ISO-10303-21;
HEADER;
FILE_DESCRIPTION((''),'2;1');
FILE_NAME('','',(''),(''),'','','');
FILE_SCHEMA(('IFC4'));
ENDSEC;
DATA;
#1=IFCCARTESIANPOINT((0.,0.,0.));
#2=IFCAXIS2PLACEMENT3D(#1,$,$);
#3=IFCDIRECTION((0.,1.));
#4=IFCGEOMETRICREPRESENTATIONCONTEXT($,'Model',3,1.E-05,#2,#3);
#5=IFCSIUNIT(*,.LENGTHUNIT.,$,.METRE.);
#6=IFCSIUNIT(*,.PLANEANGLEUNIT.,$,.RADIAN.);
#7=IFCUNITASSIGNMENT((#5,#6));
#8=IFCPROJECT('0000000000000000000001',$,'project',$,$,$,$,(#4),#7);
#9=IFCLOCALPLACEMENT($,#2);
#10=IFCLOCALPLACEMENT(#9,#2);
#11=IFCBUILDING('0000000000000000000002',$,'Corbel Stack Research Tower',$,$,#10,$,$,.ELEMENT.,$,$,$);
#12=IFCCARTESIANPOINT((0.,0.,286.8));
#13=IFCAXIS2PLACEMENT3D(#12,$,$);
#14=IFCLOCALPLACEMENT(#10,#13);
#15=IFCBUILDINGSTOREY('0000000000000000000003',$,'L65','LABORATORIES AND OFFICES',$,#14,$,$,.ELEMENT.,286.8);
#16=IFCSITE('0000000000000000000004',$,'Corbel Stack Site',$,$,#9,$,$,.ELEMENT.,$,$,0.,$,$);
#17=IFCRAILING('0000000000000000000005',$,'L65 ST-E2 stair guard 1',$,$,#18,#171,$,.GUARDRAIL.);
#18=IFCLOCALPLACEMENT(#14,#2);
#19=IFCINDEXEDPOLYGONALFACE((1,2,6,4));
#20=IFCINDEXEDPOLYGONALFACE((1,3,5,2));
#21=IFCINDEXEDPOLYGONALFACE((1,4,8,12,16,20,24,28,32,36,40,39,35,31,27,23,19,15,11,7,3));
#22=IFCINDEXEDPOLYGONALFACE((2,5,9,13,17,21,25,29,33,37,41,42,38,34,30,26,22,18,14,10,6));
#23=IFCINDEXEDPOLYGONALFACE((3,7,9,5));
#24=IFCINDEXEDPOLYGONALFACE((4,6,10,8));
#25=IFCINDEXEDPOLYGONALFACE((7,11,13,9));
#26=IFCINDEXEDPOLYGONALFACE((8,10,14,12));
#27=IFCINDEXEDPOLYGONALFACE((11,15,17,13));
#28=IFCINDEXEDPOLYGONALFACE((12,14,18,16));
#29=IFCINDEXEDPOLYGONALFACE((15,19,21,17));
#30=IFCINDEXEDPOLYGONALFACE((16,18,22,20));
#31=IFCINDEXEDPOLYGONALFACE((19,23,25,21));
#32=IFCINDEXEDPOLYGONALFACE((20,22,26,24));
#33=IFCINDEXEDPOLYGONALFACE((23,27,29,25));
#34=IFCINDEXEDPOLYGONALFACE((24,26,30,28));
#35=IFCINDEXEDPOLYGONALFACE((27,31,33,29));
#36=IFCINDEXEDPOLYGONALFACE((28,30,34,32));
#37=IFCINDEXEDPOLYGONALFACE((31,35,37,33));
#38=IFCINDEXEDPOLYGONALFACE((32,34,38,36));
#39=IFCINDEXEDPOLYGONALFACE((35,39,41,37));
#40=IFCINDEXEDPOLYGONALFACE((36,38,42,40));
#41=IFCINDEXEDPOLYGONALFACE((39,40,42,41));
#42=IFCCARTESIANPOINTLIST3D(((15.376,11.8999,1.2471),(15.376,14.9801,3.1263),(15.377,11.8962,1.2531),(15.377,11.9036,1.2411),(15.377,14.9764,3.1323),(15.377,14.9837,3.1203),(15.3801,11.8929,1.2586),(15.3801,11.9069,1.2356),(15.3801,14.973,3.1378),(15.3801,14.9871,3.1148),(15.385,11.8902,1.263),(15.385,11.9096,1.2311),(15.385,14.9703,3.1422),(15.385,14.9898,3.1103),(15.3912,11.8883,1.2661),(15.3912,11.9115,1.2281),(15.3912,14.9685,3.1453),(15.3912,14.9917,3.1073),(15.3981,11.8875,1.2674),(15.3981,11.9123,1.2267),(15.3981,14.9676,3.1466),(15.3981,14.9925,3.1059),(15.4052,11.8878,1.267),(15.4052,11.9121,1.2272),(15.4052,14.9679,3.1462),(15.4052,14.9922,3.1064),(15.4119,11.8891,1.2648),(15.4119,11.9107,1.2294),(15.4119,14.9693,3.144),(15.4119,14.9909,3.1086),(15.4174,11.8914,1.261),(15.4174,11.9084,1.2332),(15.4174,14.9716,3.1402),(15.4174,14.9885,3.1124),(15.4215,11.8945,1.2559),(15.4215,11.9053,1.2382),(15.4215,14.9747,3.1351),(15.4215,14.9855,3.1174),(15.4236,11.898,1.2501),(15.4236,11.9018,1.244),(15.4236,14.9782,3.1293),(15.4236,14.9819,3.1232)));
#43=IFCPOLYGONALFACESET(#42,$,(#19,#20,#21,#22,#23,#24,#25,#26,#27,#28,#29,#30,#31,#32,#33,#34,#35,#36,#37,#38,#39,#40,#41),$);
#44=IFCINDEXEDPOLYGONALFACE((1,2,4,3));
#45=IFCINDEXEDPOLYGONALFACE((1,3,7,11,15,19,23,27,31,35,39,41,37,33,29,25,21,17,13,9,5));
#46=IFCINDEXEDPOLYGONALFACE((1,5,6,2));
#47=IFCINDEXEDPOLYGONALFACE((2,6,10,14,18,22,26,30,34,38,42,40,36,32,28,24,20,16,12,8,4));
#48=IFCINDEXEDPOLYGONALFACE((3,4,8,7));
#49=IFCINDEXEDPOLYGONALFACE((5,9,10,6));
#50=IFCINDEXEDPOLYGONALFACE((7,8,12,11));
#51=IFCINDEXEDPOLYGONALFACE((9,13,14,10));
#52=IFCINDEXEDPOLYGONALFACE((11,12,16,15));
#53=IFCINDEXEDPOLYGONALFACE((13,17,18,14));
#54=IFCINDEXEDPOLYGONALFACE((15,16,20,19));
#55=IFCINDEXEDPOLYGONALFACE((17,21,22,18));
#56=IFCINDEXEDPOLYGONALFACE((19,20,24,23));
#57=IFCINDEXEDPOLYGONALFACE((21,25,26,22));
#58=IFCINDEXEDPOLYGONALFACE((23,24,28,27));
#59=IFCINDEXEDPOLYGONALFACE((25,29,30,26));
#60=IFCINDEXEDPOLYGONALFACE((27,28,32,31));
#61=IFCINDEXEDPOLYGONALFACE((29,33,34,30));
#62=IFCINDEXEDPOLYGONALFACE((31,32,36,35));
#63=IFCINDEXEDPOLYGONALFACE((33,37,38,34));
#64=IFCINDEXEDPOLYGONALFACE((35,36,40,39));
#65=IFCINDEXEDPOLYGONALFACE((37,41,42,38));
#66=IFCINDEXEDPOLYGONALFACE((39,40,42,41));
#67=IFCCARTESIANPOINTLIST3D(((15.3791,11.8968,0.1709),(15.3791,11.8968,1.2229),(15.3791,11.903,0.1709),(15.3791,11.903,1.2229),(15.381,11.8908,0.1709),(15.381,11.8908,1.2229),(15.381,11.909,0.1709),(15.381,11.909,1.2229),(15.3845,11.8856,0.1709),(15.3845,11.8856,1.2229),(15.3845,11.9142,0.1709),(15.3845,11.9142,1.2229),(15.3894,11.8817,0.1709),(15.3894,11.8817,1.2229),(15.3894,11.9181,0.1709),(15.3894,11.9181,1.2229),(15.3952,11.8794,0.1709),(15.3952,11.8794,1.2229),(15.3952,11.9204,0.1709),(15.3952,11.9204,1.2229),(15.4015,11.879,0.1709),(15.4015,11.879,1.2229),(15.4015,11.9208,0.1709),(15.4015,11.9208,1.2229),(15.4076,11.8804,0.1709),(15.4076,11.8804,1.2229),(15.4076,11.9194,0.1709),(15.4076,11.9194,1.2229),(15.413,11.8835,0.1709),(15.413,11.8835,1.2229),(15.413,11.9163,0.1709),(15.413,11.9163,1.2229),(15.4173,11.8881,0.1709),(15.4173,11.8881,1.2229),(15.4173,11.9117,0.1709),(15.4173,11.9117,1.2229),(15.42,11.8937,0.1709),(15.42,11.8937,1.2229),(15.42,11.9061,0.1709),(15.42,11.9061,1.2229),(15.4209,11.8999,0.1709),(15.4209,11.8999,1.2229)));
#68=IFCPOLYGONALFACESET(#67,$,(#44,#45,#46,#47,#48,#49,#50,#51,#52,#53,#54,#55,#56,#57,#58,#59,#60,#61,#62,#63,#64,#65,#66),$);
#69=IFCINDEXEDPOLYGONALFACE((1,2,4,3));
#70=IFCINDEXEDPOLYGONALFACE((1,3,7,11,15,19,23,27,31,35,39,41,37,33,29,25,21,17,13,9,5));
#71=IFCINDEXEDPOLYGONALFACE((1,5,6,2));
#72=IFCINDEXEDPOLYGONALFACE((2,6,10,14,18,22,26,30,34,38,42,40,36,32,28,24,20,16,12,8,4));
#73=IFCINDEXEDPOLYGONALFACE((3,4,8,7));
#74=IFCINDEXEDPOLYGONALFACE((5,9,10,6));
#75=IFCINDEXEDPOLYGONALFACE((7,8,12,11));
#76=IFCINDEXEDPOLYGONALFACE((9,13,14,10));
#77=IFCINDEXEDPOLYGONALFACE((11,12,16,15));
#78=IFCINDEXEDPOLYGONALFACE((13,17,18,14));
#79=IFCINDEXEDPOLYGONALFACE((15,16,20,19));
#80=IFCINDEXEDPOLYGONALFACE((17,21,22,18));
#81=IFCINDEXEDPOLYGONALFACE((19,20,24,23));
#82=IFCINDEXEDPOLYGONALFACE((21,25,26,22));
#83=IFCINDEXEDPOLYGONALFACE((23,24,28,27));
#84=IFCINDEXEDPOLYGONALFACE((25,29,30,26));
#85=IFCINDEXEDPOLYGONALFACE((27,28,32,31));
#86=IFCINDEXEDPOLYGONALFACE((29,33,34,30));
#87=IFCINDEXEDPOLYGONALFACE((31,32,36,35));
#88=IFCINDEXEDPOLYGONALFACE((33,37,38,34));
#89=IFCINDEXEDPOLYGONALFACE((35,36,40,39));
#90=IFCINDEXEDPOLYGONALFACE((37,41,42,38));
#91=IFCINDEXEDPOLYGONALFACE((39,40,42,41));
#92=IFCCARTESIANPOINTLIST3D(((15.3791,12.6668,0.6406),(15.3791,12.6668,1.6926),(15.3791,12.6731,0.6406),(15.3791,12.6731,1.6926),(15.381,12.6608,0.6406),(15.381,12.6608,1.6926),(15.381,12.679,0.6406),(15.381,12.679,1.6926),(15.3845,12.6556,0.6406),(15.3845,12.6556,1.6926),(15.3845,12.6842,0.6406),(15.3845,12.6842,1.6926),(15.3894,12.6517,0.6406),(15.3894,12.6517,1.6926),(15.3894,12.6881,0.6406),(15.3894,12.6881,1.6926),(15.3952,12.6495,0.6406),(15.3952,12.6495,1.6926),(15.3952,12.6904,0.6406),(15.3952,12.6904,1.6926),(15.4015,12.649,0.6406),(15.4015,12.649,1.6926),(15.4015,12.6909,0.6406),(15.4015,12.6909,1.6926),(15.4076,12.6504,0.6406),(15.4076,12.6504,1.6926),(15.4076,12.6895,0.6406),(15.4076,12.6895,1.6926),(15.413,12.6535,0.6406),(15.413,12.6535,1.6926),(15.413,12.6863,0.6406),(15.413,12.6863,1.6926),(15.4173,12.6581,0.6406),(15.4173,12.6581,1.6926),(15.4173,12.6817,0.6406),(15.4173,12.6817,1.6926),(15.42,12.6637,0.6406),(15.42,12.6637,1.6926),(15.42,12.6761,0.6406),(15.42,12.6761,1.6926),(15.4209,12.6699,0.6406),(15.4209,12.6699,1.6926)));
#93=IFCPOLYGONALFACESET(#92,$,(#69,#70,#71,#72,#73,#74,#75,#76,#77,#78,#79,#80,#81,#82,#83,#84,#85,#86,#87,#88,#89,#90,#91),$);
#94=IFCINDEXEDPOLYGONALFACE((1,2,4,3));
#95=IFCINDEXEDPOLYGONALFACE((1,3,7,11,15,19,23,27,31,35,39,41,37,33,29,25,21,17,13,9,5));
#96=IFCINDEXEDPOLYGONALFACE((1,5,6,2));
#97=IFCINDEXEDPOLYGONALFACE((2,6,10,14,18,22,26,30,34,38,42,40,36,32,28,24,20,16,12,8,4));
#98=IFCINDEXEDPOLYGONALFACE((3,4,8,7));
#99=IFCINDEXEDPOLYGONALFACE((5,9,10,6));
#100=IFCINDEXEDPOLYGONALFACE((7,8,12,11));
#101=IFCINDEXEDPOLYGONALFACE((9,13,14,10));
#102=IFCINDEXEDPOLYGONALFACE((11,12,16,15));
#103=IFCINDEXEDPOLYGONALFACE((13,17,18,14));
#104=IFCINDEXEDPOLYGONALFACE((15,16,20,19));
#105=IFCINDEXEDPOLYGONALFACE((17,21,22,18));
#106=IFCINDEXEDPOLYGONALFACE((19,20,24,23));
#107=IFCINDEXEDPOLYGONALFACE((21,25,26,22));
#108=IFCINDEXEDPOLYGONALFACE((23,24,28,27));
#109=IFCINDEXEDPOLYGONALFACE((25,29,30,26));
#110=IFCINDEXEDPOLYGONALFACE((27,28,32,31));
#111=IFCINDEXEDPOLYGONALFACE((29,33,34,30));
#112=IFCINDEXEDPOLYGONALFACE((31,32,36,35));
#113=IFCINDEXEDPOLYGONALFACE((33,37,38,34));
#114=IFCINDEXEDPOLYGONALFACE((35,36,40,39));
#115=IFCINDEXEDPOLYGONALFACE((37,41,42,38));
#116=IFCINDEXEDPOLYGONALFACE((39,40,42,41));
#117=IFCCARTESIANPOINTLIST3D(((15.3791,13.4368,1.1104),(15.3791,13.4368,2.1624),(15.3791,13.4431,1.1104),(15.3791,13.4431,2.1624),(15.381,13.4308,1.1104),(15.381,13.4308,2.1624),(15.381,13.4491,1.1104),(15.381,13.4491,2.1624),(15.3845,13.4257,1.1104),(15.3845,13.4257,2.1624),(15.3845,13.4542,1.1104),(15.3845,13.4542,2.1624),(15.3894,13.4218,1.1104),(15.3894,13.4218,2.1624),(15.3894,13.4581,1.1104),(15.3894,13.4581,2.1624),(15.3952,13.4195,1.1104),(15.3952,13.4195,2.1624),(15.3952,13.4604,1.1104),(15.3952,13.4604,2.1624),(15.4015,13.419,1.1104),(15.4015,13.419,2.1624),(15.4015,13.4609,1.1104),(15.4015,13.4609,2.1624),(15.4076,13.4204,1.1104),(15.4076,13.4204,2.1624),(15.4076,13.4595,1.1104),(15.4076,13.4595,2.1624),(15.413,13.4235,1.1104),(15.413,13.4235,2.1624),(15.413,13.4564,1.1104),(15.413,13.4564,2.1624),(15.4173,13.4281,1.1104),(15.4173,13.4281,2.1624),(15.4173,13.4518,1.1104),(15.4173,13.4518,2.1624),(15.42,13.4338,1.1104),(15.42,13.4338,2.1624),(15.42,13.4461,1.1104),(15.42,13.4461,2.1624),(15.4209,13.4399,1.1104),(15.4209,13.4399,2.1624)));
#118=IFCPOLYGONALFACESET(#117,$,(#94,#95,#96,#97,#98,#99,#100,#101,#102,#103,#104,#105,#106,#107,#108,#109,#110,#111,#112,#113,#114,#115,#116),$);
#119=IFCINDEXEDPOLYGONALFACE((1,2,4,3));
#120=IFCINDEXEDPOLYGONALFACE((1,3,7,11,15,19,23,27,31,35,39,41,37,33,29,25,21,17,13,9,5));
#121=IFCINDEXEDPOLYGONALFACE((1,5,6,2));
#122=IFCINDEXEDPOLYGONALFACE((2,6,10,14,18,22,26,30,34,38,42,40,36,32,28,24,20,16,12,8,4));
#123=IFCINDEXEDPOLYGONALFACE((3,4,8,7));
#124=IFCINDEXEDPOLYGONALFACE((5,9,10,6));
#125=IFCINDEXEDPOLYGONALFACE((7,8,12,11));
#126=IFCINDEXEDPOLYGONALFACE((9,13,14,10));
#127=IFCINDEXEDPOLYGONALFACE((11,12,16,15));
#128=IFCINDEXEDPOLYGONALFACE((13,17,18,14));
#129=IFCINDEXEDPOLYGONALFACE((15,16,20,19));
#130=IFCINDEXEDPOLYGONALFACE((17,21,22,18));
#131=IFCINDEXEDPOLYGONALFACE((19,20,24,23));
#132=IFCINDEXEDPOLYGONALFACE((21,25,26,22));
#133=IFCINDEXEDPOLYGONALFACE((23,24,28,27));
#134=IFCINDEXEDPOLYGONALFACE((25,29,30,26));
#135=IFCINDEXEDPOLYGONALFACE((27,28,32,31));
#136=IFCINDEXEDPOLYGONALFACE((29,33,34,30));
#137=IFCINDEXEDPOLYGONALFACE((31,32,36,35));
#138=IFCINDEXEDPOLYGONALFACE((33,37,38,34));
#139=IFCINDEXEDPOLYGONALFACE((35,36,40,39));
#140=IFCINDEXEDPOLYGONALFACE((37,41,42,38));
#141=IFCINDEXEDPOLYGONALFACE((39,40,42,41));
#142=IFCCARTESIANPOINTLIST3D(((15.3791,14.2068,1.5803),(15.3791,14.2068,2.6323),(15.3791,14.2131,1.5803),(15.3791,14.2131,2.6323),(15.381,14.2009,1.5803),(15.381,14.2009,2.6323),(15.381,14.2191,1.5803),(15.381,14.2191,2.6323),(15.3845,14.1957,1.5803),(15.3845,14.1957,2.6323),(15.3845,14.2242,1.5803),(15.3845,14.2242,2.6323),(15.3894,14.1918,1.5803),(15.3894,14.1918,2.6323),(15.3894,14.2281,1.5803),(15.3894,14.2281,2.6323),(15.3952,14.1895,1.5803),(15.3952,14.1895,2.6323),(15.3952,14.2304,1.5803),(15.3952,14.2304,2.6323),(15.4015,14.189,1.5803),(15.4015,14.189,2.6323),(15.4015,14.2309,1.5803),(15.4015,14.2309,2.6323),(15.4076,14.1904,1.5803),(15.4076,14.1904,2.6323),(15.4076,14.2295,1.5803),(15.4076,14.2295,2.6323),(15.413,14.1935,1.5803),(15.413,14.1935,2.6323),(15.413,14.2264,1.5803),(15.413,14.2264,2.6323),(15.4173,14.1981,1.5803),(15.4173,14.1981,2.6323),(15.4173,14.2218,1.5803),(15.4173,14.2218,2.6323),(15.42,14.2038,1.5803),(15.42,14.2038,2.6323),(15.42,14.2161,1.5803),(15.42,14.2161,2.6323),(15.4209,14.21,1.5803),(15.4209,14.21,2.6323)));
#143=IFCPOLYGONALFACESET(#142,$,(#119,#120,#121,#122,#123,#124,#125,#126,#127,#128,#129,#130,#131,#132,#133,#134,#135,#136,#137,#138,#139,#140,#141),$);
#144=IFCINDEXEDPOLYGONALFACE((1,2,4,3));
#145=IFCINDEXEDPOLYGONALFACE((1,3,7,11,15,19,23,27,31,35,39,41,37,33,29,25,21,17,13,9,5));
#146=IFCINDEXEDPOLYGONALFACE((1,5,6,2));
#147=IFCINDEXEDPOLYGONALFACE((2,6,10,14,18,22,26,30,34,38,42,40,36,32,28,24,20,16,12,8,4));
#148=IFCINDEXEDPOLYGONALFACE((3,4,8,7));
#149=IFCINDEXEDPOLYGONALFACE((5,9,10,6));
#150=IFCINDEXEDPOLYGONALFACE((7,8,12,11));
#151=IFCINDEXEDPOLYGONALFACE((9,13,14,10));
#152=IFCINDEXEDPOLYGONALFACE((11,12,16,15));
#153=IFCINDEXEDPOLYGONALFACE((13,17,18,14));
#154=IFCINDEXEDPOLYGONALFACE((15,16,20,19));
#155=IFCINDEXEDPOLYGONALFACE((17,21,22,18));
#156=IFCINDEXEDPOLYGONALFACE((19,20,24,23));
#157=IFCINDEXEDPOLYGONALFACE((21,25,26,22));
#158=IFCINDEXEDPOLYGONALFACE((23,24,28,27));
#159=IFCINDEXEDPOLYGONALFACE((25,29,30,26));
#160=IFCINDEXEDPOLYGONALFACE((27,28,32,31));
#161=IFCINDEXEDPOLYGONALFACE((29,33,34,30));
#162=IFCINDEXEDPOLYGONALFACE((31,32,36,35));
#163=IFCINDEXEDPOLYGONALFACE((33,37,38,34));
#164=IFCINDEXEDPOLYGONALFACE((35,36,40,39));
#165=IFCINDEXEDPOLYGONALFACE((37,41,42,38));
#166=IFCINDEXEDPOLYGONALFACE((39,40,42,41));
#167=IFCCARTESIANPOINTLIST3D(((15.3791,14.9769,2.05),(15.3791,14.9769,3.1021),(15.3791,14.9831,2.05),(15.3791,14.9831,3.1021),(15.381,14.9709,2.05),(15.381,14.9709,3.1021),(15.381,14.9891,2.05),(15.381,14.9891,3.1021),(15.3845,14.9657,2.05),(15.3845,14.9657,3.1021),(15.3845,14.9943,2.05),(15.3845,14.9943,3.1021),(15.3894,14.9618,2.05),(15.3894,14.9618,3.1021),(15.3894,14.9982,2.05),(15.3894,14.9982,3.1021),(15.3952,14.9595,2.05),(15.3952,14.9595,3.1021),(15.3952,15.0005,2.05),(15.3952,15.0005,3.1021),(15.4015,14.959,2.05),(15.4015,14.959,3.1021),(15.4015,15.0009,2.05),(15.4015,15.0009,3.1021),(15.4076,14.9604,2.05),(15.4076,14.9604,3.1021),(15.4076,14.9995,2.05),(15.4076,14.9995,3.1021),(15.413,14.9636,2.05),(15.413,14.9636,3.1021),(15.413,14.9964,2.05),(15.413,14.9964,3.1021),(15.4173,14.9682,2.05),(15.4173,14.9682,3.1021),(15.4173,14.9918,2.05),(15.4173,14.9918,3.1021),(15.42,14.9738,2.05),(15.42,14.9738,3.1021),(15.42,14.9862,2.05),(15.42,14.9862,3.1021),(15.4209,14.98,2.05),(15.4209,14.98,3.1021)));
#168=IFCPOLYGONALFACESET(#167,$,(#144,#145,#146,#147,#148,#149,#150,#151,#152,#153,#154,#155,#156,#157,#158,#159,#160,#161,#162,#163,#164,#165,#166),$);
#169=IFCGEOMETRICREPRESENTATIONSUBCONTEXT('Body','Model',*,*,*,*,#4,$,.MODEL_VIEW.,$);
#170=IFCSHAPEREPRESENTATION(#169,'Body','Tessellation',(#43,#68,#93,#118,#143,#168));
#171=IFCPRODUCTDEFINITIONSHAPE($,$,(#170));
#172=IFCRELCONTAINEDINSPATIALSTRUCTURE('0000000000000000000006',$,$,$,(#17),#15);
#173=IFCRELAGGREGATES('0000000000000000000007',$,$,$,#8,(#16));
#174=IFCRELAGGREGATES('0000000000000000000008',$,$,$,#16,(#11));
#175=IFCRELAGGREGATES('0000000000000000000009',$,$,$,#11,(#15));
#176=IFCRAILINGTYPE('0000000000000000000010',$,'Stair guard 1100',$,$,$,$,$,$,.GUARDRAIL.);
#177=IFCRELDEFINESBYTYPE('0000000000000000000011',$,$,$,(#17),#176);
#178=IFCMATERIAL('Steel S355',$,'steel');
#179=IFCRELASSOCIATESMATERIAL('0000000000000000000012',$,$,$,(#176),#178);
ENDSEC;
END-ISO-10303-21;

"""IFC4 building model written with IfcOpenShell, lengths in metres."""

from ifc_helpers import new_model, si_unit, direction, frame, origin, origin_2d, place, context, subcontext, project, spatial, circle, extrude, material, type_object, element, save


model = new_model("IFC4")

# Units and contexts
model_context = context("Model", 3, precision=1e-05, world=origin(), true_north=direction((0.0, 1.0)))
body_context = subcontext(model_context, "Body", "Model", "MODEL_VIEW")
ifc_project = project(units=[si_unit("LENGTHUNIT", "METRE"), si_unit("PLANEANGLEUNIT", "RADIAN")], contexts=[model_context])

# Site, building, storey
site_placement = place(None, origin())
site = spatial("IfcSite", under=ifc_project, at=site_placement, Name="Corbel Stack Site", CompositionType="ELEMENT", RefElevation=0.0)
building_placement = place(site_placement, origin())
building = spatial("IfcBuilding", under=site, at=building_placement, Name="Corbel Stack Research Tower", CompositionType="ELEMENT")
storey_placement = place(building_placement, frame((0.0, 0.0, 286.8)))
storey = spatial("IfcBuildingStorey", under=building, at=storey_placement, Name="L65", Description="LABORATORIES AND OFFICES", CompositionType="ELEMENT", Elevation=286.8)

# Railing
ifc_material_1 = material(Name="Steel S355", Category="steel")
railing_type_1 = type_object("IfcRailingType", Name="Stair guard 1100", PredefinedType="GUARDRAIL", material=ifc_material_1)
railing_1_placement = place(storey_placement, frame((15.3999, 11.8999, 0.1709)))
element("IfcRailing", 1, at=railing_1_placement, inside=storey, type_object=railing_type_1, Name="L65 ST-E2 stair guard 1", PredefinedType="GUARDRAIL", context=body_context, shape_type="SweptSolid", body=[
    extrude(circle(Radius=0.0239, at=origin_2d()), frame((0.0, 0.0, 1.0762), z_axis=(0.0, 0.853666, 0.52082), x_axis=(-1.0, 0.0, 0.0)), (0.0, 0.0, 1.0), 3.6082),
    extrude(circle(Radius=0.021, at=origin_2d()), origin(), (0.0, 0.0, 1.0), 1.052),
    extrude(circle(Radius=0.021, at=origin_2d()), frame((0.0, 0.77, 0.4697)), (0.0, 0.0, 1.0), 1.052),
    extrude(circle(Radius=0.021, at=origin_2d()), frame((0.0, 1.54, 0.9395)), (0.0, 0.0, 1.0), 1.052),
    extrude(circle(Radius=0.021, at=origin_2d()), frame((0.0, 2.3101, 1.4094)), (0.0, 0.0, 1.0), 1.052),
    extrude(circle(Radius=0.021, at=origin_2d()), frame((0.0, 3.0801, 1.8792)), (0.0, 0.0, 1.0), 1.052),
])

save(model, "model.ifc")
